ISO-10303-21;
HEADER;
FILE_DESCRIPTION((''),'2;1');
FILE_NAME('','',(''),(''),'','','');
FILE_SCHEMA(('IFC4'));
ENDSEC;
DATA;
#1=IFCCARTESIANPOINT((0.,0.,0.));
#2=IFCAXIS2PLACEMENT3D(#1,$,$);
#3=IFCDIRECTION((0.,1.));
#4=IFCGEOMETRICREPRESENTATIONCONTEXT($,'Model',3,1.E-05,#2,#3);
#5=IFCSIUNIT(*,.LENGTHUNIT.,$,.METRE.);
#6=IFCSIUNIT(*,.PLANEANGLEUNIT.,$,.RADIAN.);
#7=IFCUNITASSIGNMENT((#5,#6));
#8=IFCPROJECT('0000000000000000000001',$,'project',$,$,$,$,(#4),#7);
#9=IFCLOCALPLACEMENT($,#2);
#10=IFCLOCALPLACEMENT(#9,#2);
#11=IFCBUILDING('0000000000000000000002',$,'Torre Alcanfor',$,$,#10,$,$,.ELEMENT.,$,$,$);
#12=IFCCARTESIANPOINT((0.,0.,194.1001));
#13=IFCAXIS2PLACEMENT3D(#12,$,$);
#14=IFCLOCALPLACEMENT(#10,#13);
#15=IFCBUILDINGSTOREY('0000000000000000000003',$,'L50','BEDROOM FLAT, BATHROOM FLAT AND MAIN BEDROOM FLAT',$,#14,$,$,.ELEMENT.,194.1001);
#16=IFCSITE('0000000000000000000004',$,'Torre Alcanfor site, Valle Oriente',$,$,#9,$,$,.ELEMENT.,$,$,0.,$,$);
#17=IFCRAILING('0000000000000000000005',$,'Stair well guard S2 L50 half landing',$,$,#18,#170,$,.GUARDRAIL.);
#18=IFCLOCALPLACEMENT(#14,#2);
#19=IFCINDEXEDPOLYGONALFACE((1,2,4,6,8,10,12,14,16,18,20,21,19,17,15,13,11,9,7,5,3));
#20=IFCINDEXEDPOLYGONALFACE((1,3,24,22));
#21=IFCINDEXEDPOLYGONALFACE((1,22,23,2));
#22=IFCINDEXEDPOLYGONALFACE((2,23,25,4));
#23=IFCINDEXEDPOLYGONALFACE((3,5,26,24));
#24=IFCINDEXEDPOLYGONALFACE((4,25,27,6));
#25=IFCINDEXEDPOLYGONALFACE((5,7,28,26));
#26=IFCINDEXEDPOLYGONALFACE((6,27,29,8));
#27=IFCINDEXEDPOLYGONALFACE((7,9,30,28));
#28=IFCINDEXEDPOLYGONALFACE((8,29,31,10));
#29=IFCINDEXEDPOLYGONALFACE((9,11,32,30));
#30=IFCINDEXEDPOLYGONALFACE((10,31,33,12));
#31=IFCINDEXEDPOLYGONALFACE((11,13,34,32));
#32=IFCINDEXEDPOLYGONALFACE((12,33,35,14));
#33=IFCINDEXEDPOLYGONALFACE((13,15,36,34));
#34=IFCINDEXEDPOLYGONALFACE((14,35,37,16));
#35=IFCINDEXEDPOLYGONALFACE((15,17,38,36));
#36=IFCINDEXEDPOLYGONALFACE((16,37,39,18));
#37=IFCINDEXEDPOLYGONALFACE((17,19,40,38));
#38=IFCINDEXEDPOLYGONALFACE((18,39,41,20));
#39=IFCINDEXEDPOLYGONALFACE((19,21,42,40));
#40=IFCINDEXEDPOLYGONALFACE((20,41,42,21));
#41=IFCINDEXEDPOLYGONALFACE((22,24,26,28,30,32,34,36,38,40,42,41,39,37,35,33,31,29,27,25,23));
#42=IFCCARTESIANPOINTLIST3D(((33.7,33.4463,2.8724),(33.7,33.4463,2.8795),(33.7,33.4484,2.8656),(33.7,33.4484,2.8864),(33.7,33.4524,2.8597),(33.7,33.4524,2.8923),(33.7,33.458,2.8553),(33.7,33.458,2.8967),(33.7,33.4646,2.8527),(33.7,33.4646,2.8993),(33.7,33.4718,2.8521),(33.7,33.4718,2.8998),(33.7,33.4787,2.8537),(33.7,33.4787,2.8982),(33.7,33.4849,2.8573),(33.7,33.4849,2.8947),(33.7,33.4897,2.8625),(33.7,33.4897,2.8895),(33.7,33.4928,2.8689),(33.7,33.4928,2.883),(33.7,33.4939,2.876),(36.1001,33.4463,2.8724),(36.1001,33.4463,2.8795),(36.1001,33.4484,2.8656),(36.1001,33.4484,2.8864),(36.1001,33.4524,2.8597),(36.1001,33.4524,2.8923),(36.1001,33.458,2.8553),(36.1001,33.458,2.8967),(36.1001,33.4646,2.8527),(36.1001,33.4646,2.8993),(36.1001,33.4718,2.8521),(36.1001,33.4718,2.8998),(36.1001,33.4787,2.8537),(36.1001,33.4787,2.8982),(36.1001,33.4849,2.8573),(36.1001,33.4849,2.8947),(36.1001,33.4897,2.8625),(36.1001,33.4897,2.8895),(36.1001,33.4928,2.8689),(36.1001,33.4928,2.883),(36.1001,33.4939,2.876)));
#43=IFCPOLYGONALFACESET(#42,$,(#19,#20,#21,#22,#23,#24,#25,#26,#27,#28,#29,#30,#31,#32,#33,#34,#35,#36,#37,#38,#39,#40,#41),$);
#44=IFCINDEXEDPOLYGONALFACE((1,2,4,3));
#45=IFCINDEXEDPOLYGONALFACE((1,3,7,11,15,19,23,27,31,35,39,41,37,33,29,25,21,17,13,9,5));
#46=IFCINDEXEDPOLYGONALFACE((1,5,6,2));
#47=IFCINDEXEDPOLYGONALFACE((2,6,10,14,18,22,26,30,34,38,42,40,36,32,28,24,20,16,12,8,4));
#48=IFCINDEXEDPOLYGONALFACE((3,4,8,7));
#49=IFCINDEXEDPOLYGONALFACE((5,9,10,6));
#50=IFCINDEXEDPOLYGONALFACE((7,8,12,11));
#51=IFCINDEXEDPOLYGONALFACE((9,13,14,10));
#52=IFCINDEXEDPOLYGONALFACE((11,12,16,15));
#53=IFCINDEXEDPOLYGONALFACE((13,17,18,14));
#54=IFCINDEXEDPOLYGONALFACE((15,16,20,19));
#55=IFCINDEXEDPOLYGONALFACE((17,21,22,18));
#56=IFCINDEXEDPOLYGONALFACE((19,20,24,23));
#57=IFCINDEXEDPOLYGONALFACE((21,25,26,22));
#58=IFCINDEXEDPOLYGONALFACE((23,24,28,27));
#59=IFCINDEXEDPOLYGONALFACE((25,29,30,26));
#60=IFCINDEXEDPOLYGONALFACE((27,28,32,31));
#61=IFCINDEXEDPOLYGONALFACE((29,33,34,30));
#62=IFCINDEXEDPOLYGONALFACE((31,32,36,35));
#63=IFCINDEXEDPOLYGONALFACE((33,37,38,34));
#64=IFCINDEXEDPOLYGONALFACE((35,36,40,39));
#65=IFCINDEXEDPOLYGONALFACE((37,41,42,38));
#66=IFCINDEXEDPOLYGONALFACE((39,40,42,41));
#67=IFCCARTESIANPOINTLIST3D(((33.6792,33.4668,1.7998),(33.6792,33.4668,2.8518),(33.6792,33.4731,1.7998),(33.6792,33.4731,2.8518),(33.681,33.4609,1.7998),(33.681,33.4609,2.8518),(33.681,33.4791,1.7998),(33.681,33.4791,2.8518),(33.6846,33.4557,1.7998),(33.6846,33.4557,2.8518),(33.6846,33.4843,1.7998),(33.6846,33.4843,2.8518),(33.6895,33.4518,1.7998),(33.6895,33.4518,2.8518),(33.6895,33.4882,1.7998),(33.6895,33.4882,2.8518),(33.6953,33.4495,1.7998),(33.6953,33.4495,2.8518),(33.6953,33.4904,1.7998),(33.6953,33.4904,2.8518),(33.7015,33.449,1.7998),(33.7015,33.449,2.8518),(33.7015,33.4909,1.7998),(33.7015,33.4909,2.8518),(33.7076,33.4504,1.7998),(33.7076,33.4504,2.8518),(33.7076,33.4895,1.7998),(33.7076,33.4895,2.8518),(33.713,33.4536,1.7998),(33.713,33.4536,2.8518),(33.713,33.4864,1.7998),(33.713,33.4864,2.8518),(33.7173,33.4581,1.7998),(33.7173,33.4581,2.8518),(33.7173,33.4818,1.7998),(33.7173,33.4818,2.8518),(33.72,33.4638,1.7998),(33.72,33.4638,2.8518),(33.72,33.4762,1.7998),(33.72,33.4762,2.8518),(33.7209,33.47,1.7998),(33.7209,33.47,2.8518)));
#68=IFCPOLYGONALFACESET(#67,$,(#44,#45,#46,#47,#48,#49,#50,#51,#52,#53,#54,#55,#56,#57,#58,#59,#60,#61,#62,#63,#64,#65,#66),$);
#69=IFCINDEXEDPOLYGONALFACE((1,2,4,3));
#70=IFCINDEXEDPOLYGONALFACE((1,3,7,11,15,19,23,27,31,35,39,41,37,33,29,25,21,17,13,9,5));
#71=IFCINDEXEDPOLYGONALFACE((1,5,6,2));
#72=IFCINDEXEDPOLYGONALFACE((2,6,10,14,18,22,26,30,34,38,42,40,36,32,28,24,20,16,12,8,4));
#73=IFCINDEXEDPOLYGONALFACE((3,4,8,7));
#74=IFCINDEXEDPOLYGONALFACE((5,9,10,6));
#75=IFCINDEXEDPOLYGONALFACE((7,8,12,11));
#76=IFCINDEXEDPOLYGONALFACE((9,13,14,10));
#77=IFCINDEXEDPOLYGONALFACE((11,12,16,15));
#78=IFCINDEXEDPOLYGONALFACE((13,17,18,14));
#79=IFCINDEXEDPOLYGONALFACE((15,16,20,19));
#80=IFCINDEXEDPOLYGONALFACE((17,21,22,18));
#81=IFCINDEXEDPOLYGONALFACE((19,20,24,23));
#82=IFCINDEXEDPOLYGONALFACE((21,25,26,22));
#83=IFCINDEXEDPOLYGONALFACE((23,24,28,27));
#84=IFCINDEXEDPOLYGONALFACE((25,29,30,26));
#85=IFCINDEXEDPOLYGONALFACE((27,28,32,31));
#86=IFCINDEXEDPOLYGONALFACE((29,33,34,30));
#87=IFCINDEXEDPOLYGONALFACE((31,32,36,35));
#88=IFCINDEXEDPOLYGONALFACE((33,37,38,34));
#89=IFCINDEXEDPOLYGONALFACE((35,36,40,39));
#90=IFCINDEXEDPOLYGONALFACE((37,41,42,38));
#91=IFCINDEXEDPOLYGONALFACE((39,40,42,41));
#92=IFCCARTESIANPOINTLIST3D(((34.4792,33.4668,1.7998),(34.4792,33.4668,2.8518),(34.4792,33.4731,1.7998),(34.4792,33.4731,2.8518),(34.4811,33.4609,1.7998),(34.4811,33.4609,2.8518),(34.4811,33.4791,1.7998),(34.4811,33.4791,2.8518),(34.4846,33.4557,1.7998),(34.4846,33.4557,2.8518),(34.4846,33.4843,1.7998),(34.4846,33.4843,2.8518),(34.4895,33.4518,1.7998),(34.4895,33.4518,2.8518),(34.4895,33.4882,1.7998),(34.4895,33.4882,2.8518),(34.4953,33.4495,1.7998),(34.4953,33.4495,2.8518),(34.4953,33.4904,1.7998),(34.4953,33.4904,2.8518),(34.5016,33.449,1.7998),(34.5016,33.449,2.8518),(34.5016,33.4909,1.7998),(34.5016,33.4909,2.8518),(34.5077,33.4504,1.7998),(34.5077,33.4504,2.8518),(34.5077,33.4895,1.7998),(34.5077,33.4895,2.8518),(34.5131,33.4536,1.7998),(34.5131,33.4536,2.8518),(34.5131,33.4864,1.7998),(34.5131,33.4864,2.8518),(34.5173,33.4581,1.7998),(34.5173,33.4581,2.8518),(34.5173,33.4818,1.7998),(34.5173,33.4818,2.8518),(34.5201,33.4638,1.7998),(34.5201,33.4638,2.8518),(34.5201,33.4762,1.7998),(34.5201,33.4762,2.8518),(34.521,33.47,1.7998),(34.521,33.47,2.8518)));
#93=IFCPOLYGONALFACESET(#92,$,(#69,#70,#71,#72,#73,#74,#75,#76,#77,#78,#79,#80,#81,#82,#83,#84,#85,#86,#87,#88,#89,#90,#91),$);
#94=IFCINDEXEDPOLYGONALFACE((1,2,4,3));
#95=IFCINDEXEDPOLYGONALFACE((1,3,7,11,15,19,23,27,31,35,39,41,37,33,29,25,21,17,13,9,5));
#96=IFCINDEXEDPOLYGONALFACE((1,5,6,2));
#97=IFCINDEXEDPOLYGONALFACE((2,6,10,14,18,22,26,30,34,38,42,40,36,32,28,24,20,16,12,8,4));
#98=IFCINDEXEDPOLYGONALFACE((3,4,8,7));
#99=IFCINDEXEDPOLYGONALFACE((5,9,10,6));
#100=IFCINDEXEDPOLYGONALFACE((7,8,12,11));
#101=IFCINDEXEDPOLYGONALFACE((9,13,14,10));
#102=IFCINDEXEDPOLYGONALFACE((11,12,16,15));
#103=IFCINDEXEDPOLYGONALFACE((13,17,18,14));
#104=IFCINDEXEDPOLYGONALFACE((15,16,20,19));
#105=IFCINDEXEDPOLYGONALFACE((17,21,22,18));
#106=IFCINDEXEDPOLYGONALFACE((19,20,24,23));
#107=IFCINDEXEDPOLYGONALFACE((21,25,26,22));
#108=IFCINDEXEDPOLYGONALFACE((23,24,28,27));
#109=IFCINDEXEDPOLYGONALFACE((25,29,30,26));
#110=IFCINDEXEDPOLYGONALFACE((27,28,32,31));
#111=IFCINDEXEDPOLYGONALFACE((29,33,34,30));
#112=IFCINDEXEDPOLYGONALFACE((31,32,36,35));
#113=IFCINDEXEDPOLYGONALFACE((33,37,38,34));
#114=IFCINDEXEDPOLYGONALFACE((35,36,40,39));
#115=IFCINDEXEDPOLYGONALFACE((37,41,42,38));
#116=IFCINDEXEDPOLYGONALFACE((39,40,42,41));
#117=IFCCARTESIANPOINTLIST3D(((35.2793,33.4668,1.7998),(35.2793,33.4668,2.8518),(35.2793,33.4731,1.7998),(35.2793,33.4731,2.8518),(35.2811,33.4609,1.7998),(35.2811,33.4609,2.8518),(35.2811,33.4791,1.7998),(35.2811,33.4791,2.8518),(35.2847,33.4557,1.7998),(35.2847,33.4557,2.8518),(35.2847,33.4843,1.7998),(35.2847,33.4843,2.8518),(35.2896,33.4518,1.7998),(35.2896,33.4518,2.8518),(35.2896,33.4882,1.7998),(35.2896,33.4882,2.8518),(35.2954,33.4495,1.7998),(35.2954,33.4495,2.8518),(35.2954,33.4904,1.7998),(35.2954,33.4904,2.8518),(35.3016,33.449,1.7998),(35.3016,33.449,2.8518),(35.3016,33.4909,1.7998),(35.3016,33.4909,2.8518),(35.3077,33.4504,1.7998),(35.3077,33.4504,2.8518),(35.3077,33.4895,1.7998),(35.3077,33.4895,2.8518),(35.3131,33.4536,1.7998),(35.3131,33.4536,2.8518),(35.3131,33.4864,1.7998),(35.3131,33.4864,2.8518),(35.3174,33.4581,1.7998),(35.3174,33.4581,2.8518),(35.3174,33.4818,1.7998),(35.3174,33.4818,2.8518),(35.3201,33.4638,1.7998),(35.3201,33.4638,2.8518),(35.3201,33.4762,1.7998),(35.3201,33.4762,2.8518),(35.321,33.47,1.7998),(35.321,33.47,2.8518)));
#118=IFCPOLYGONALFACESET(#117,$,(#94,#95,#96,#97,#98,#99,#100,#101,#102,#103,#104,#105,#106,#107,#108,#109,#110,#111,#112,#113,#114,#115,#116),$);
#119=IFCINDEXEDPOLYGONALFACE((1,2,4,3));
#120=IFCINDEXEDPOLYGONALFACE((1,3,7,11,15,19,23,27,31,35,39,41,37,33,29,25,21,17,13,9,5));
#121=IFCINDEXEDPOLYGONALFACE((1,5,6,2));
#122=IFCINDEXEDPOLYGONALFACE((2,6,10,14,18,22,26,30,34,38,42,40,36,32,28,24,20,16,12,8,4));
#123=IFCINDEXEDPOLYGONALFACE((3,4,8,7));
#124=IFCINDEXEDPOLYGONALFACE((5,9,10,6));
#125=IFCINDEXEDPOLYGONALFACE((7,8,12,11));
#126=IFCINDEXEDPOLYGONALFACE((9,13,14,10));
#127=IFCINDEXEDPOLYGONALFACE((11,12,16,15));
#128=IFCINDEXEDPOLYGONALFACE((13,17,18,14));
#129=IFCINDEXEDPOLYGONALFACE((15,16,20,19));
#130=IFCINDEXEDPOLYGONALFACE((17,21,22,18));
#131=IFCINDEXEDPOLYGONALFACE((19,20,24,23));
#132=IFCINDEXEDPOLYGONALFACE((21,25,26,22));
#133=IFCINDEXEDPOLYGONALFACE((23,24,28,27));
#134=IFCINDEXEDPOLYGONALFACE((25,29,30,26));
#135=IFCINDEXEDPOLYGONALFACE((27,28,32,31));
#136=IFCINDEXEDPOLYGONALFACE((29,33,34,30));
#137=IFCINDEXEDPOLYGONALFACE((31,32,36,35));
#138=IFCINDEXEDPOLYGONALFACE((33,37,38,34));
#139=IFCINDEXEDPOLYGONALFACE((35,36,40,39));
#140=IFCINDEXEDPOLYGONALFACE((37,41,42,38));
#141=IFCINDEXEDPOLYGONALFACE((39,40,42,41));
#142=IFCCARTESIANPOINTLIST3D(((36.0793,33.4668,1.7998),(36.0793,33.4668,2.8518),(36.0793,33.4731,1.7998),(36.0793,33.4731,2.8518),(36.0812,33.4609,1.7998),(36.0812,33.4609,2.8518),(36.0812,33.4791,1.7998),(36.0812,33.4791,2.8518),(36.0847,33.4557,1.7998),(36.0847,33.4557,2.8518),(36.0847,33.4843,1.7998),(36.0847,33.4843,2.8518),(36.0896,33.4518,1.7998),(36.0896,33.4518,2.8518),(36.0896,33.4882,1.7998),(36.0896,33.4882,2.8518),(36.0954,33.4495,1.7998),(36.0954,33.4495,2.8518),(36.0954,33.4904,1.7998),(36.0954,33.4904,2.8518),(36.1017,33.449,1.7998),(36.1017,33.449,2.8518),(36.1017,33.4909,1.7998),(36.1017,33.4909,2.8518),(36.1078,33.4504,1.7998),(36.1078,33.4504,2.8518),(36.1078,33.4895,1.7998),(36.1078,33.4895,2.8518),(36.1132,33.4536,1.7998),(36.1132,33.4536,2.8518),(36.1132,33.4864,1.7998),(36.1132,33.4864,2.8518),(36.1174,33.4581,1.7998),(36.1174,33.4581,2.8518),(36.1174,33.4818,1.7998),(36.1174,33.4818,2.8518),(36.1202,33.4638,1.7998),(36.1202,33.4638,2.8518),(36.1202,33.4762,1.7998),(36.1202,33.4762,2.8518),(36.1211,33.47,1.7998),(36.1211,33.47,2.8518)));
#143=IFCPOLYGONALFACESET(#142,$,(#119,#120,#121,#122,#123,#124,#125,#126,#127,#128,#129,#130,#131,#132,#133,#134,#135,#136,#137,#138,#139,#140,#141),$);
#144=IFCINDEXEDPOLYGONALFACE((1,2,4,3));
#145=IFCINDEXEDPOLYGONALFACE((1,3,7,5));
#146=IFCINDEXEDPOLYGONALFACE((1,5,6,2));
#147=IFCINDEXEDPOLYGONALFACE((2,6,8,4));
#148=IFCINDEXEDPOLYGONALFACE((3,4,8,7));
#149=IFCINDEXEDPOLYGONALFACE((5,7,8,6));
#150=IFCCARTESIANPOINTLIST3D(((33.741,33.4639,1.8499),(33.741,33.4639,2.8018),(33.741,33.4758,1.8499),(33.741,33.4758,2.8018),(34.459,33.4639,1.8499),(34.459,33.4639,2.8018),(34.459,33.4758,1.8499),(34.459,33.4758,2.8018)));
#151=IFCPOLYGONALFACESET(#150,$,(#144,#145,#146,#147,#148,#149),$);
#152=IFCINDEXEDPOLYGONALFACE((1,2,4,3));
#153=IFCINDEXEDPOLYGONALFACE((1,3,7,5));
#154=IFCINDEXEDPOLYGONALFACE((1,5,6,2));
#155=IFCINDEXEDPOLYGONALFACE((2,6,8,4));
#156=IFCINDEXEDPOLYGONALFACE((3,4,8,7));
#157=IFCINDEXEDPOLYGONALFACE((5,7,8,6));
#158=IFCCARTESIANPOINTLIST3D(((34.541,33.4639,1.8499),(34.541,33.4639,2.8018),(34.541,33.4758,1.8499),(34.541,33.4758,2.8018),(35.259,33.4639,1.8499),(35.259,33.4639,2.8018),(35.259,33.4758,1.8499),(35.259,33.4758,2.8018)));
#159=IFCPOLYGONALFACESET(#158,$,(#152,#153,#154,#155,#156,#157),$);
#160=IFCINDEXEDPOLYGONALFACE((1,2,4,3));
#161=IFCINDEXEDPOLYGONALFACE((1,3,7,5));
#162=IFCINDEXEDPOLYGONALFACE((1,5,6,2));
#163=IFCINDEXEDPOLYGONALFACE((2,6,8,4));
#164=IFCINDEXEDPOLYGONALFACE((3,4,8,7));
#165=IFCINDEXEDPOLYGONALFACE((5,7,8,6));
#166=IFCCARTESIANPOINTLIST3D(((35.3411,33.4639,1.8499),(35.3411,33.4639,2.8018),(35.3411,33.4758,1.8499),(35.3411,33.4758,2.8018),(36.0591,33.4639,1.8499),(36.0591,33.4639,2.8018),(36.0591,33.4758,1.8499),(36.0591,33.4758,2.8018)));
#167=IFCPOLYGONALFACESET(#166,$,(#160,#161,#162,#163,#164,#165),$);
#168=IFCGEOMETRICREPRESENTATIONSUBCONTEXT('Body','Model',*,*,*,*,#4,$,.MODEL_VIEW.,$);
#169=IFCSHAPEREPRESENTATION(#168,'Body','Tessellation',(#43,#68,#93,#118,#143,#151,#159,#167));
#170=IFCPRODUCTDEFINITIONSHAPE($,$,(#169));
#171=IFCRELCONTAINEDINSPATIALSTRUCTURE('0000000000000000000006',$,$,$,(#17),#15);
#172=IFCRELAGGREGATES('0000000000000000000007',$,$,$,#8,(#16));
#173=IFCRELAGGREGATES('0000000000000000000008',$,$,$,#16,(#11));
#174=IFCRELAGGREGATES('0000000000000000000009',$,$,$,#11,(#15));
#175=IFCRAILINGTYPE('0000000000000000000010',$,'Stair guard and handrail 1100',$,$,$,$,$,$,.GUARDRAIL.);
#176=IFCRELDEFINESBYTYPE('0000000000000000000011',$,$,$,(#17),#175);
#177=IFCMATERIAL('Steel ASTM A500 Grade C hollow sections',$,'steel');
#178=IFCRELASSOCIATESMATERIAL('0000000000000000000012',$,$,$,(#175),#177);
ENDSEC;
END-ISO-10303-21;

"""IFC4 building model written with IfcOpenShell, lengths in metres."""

from ifc_helpers import new_model, si_unit, direction, frame, origin, origin_2d, place, context, subcontext, project, spatial, polyline, circle, outline, extrude, material, type_object, element, save


model = new_model("IFC4")

# Units and contexts
model_context = context("Model", 3, precision=1e-05, world=origin(), true_north=direction((0.0, 1.0)))
body_context = subcontext(model_context, "Body", "Model", "MODEL_VIEW")
ifc_project = project(units=[si_unit("LENGTHUNIT", "METRE"), si_unit("PLANEANGLEUNIT", "RADIAN")], contexts=[model_context])

# Site, building, storey
site_placement = place(None, origin())
site = spatial("IfcSite", under=ifc_project, at=site_placement, Name="Torre Alcanfor site, Valle Oriente", CompositionType="ELEMENT", RefElevation=0.0)
building_placement = place(site_placement, origin())
building = spatial("IfcBuilding", under=site, at=building_placement, Name="Torre Alcanfor", CompositionType="ELEMENT")
storey_placement = place(building_placement, frame((0.0, 0.0, 194.1001)))
storey = spatial("IfcBuildingStorey", under=building, at=storey_placement, Name="L50", Description="BEDROOM FLAT, BATHROOM FLAT AND MAIN BEDROOM FLAT", CompositionType="ELEMENT", Elevation=194.1001)

# Railing
ifc_material_1 = material(Name="Steel ASTM A500 Grade C hollow sections", Category="steel")
railing_type_1 = type_object("IfcRailingType", Name="Stair guard and handrail 1100", PredefinedType="GUARDRAIL", material=ifc_material_1)
for number, where, name in (
    (1, (33.7, 33.47, 1.7998), "Stair well guard S2 L50 half landing"),
):
    element("IfcRailing", number, at=place(storey_placement, frame(where)), inside=storey, type_object=railing_type_1, Name=name, PredefinedType="GUARDRAIL", context=body_context, shape_type="SweptSolid", body=[
        extrude(circle(Radius=0.0239, at=origin_2d()), frame((0.0, 0.0, 1.0762), z_axis=(1.0, 0.0, 0.0), x_axis=(0.0, 1.0, 0.0)), (0.0, 0.0, 1.0), 2.4001),
        extrude(circle(Radius=0.021, at=origin_2d()), origin(), (0.0, 0.0, 1.0), 1.052),
        extrude(circle(Radius=0.021, at=origin_2d()), frame((0.8, 0.0, 0.0)), (0.0, 0.0, 1.0), 1.052),
        extrude(circle(Radius=0.021, at=origin_2d()), frame((1.6001, 0.0, 0.0)), (0.0, 0.0, 1.0), 1.052),
        extrude(circle(Radius=0.021, at=origin_2d()), frame((2.4001, 0.0, 0.0)), (0.0, 0.0, 1.0), 1.052),
        extrude(outline(polyline([(0.041, 0.05), (0.759, 0.05), (0.759, 1.002), (0.041, 1.002), (0.041, 0.05)])), frame((0.0, 0.0059, 0.0), z_axis=(0.0, -1.0, 0.0), x_axis=(1.0, 0.0, 0.0)), (0.0, 0.0, 1.0), 0.012),
        extrude(outline(polyline([(0.8411, 0.05), (1.5591, 0.05), (1.5591, 1.002), (0.8411, 1.002), (0.8411, 0.05)])), frame((0.0, 0.0059, 0.0), z_axis=(0.0, -1.0, 0.0), x_axis=(1.0, 0.0, 0.0)), (0.0, 0.0, 1.0), 0.012),
        extrude(outline(polyline([(1.6411, 0.05), (2.3591, 0.05), (2.3591, 1.002), (1.6411, 1.002), (1.6411, 0.05)])), frame((0.0, 0.0059, 0.0), z_axis=(0.0, -1.0, 0.0), x_axis=(1.0, 0.0, 0.0)), (0.0, 0.0, 1.0), 0.012),
    ])

save(model, "model.ifc")
